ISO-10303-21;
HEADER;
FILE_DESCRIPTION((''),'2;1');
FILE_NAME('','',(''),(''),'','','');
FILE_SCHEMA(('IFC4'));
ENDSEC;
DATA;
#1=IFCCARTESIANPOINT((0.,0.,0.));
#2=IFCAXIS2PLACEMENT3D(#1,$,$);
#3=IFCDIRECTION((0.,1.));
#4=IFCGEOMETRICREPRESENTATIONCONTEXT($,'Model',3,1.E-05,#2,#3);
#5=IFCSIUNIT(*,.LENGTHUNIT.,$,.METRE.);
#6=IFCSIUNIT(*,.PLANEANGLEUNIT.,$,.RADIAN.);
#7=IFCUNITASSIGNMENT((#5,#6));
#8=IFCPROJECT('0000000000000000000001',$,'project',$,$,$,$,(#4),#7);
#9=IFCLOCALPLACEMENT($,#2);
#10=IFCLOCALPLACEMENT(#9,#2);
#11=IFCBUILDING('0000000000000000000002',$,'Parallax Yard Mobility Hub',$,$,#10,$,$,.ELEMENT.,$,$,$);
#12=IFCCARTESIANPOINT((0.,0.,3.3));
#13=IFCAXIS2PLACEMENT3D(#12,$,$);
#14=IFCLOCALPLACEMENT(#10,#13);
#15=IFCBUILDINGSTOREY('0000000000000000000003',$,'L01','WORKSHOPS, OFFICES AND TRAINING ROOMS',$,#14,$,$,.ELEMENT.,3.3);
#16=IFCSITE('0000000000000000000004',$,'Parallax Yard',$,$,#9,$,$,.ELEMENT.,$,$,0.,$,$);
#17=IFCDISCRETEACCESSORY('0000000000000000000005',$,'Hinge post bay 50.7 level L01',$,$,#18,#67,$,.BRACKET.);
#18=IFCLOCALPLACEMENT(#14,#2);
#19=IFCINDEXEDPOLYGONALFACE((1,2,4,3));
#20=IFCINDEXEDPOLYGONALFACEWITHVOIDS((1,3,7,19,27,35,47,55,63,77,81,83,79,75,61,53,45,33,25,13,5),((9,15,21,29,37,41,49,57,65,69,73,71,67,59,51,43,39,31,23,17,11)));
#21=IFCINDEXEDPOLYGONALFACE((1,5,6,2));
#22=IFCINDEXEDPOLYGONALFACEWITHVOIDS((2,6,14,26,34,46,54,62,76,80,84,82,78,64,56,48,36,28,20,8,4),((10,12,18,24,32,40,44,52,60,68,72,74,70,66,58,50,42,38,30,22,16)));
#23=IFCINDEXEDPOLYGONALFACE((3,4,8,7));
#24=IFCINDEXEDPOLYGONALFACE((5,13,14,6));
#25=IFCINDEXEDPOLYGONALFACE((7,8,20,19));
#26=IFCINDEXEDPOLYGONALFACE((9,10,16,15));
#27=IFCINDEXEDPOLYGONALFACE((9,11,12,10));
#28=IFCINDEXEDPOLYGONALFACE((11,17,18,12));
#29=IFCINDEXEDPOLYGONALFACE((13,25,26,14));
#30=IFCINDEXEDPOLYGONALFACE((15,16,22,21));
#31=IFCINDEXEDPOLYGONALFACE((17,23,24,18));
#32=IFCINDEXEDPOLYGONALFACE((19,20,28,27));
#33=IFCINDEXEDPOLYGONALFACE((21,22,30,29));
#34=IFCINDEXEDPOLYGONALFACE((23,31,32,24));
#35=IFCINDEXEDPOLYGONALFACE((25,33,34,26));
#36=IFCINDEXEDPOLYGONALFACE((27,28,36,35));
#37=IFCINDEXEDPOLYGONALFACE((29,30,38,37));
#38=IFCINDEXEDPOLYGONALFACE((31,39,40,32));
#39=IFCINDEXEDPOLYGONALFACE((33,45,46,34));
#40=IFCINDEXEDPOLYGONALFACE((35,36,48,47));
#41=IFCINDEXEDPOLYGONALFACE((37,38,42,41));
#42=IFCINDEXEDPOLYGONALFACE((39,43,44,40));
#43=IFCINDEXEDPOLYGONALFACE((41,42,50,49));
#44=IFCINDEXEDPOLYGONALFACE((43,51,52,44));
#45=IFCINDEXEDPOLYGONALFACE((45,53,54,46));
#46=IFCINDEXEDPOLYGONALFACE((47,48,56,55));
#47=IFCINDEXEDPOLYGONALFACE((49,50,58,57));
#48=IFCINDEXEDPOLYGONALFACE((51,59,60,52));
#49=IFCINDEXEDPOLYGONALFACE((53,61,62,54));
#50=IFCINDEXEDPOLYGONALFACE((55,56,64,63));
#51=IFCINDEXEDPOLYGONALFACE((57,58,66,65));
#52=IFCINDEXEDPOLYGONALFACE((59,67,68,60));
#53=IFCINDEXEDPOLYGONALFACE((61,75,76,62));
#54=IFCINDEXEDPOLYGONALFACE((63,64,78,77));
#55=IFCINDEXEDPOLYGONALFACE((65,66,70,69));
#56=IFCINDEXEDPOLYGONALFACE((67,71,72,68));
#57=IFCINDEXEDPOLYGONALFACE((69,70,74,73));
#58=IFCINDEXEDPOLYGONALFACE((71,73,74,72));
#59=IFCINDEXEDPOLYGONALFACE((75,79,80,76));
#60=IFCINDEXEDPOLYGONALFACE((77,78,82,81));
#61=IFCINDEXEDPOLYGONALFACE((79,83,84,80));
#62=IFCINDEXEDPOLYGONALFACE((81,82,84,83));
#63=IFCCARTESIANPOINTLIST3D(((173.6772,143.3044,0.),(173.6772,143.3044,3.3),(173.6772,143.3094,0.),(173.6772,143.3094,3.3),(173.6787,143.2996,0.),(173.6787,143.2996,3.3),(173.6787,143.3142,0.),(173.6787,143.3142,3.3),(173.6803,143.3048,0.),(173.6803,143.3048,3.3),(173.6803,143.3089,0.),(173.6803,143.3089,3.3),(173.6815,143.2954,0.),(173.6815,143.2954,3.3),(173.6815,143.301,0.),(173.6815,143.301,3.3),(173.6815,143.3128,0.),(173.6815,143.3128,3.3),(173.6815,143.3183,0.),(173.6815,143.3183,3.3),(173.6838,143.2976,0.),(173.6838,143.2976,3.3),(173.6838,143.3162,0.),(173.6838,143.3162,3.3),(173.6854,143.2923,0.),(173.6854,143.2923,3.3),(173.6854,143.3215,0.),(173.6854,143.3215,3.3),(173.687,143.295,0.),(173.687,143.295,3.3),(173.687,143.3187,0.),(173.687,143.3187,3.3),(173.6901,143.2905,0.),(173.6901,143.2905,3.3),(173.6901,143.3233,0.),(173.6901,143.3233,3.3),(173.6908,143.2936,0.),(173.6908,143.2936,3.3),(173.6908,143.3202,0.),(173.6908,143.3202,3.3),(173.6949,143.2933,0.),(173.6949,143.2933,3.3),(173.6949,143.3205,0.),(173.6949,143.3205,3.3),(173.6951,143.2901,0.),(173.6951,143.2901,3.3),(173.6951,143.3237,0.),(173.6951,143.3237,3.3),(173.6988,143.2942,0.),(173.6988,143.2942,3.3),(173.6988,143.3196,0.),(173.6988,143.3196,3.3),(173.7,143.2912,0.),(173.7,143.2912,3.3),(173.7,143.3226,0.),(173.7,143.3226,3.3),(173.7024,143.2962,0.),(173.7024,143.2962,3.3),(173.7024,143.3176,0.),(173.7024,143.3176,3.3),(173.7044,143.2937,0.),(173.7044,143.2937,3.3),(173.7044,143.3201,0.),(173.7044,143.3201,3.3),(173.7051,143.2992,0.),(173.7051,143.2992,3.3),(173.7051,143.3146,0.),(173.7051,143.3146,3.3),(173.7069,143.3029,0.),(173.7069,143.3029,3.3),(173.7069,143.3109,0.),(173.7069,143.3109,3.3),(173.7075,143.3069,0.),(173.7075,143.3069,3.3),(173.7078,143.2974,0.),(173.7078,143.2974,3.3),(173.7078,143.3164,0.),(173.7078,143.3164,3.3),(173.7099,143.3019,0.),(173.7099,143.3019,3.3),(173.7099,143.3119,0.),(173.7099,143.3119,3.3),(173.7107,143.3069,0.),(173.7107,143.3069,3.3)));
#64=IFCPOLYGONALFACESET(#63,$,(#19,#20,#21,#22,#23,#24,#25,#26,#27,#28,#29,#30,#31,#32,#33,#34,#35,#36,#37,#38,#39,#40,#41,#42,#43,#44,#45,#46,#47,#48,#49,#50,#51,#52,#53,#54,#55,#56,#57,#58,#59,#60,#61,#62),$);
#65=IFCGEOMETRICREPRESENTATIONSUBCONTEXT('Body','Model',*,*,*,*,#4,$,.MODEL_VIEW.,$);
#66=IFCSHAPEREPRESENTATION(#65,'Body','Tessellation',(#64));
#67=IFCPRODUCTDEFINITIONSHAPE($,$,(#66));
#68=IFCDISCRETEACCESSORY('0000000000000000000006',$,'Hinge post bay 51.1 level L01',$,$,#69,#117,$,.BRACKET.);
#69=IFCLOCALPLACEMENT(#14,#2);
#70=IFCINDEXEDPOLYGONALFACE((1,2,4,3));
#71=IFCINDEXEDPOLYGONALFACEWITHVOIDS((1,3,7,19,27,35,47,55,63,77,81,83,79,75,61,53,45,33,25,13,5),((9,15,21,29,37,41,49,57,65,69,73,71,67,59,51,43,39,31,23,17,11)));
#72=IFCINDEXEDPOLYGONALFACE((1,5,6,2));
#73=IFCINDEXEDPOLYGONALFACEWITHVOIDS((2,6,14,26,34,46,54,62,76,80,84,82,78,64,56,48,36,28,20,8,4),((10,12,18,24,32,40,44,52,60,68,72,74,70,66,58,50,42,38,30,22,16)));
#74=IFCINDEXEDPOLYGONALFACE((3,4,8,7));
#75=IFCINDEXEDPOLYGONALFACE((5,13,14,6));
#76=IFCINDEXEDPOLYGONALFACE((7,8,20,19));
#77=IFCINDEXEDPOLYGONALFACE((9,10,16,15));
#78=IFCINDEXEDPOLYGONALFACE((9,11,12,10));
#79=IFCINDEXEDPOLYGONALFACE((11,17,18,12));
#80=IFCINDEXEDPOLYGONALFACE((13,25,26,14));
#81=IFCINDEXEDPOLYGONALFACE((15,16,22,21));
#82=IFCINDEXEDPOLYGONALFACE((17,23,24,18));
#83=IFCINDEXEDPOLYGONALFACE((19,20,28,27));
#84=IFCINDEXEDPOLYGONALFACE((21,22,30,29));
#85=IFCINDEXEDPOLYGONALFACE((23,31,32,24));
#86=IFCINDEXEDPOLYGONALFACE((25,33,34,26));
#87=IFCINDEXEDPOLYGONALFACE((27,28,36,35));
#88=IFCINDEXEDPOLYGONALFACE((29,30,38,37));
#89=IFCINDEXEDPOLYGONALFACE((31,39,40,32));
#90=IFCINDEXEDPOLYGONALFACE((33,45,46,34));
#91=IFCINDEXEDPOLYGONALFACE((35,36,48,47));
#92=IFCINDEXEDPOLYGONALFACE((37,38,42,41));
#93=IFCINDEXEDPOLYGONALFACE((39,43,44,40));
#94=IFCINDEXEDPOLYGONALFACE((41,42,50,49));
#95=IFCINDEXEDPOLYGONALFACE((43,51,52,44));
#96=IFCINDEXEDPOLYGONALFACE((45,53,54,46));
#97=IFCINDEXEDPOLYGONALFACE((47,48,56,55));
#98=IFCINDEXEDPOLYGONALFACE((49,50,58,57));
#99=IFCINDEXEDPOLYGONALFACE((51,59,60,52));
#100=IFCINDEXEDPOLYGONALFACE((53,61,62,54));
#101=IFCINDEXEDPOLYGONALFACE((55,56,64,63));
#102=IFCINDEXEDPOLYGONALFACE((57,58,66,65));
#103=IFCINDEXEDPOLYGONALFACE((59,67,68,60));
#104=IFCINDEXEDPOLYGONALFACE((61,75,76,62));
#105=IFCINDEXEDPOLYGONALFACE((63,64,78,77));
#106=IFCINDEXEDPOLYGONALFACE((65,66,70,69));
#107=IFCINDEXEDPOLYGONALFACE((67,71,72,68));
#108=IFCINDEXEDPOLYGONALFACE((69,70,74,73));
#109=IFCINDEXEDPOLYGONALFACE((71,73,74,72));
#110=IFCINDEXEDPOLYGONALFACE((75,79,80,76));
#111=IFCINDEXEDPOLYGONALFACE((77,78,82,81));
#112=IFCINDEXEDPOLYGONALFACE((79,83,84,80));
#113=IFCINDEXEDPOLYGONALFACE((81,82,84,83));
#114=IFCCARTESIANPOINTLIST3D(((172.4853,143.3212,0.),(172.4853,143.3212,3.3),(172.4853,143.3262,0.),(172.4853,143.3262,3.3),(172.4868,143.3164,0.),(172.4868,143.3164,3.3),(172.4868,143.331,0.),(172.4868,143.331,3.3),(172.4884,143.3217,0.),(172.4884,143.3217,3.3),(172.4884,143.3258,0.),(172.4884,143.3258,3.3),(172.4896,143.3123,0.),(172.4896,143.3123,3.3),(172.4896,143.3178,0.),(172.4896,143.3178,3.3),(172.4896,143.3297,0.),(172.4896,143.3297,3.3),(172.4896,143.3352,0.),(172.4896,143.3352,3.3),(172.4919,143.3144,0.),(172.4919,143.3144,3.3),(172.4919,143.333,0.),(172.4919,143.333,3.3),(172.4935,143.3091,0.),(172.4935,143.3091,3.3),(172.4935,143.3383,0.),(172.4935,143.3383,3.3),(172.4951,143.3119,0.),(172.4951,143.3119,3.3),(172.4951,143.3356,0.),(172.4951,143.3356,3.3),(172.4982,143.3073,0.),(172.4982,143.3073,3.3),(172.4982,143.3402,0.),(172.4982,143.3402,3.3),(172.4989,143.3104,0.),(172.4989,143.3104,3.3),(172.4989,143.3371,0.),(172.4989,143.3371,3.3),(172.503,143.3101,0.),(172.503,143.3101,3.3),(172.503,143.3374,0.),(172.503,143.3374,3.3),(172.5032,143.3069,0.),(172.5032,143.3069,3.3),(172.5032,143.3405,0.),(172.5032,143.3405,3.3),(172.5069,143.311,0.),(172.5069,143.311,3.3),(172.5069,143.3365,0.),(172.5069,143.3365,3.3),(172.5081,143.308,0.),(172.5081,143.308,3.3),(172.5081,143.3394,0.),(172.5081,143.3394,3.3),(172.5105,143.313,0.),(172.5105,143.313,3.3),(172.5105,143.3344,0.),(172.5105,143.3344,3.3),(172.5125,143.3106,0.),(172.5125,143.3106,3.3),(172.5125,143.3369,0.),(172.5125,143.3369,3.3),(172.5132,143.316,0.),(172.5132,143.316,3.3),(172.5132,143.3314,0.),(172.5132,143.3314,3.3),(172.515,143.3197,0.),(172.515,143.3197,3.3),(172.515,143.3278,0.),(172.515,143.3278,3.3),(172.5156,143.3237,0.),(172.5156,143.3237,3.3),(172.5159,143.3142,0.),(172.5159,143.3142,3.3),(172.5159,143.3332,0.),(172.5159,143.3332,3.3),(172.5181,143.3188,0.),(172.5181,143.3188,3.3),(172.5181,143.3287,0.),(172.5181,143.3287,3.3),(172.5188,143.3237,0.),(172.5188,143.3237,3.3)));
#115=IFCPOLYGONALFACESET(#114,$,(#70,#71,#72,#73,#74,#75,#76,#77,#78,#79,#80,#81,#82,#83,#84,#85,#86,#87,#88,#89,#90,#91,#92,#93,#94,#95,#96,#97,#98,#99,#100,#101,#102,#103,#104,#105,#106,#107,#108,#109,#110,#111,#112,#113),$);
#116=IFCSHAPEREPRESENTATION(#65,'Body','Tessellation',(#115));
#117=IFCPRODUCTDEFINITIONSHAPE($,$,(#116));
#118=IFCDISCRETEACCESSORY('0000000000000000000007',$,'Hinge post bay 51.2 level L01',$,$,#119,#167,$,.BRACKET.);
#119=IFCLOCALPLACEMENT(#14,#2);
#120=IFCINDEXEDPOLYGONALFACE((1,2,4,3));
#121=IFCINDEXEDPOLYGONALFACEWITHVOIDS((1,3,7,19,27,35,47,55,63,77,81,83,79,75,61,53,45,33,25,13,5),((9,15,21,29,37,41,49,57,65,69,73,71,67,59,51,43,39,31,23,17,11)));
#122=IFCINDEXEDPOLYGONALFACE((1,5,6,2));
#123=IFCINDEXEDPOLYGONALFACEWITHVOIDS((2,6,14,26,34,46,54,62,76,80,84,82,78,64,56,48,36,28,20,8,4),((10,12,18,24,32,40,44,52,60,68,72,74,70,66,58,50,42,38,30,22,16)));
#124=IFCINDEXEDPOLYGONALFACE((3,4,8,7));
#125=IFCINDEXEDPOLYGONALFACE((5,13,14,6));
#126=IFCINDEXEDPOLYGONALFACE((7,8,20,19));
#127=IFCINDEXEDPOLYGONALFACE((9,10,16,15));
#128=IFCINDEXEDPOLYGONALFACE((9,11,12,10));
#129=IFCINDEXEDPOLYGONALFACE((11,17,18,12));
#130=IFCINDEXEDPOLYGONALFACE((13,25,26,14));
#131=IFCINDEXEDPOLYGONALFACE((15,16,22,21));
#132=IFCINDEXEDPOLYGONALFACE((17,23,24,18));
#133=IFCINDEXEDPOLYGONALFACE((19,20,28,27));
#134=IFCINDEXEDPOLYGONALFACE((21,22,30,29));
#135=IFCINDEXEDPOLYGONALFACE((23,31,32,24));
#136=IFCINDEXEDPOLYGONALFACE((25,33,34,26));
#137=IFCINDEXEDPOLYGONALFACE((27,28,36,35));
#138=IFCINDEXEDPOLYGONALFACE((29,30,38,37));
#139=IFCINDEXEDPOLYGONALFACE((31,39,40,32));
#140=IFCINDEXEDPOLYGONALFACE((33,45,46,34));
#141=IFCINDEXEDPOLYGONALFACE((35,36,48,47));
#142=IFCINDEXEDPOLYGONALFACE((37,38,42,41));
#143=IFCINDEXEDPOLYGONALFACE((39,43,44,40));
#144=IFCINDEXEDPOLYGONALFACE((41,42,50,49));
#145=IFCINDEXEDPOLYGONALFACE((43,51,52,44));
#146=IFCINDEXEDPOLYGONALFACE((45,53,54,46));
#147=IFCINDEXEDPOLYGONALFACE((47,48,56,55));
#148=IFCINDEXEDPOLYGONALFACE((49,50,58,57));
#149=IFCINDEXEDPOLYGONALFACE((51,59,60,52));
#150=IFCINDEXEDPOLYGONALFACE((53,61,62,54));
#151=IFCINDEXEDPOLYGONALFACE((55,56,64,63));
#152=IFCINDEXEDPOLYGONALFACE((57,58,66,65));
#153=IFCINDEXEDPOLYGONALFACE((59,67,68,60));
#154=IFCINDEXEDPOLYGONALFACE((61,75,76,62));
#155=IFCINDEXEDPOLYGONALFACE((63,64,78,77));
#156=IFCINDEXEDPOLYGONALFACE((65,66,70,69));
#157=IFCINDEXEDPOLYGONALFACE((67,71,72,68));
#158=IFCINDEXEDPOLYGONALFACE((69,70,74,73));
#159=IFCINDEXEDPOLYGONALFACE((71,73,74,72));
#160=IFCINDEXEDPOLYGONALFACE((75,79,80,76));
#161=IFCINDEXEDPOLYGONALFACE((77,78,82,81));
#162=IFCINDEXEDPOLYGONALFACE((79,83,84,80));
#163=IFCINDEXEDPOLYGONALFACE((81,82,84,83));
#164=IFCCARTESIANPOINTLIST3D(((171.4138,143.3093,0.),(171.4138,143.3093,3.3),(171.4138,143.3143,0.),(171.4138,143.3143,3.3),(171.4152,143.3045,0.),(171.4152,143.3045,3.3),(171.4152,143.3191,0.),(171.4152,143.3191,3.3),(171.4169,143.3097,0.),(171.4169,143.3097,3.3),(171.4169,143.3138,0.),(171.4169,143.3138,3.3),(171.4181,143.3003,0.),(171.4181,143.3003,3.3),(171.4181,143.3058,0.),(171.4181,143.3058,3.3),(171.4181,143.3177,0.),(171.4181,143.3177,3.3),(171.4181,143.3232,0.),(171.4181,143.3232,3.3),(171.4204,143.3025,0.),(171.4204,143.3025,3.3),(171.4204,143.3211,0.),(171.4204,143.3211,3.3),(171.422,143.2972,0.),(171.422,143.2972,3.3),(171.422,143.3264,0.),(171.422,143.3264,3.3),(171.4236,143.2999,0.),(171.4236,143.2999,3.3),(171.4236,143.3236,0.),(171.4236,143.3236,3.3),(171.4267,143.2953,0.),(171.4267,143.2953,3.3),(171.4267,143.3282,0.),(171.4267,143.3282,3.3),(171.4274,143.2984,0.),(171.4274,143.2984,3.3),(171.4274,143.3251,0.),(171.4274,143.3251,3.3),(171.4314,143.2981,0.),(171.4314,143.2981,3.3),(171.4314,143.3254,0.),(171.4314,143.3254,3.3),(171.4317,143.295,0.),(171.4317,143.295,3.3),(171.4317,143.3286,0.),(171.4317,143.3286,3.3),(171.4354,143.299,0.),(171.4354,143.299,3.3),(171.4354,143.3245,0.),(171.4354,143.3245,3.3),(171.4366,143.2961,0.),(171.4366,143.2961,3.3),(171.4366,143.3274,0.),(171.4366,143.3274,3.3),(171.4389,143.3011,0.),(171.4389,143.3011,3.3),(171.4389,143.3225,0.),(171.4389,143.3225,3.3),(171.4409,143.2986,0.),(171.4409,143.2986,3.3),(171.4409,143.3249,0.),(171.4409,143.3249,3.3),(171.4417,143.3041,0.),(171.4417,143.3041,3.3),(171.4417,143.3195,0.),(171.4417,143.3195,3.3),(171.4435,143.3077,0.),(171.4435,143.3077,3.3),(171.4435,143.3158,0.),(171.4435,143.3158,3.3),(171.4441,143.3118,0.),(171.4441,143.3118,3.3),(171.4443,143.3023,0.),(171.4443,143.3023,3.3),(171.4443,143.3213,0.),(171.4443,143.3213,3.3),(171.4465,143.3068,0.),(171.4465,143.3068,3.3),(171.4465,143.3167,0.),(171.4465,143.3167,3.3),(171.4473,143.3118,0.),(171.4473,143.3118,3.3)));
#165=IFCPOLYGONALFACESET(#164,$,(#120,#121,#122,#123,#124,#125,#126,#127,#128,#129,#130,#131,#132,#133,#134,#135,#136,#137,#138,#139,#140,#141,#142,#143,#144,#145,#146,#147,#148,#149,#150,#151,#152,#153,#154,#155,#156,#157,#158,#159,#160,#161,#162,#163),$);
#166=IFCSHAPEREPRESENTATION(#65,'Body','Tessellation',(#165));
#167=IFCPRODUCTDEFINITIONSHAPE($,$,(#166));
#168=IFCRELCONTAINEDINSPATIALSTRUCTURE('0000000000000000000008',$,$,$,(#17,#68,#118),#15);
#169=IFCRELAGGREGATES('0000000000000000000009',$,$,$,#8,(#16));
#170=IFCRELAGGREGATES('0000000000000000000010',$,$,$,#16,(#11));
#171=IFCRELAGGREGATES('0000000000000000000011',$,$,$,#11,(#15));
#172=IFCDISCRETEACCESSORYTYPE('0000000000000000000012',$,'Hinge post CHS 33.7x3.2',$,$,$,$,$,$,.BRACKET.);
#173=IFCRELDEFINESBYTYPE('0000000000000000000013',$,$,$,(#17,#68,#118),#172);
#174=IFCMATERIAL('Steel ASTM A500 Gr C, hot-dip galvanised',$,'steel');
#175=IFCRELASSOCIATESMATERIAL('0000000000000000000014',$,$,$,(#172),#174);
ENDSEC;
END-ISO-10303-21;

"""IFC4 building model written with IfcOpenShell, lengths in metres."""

from ifc_helpers import new_model, si_unit, direction, frame, origin, origin_2d, place, context, subcontext, project, spatial, hollow_circle, extrude, material, material_profile, profile_set, type_object, element, save


model = new_model("IFC4")

# Units and contexts
model_context = context("Model", 3, precision=1e-05, world=origin(), true_north=direction((0.0, 1.0)))
body_context = subcontext(model_context, "Body", "Model", "MODEL_VIEW")
ifc_project = project(units=[si_unit("LENGTHUNIT", "METRE"), si_unit("PLANEANGLEUNIT", "RADIAN")], contexts=[model_context])

# Site, building, storey
site_placement = place(None, origin())
site = spatial("IfcSite", under=ifc_project, at=site_placement, Name="Parallax Yard", CompositionType="ELEMENT", RefElevation=0.0)
building_placement = place(site_placement, origin())
building = spatial("IfcBuilding", under=site, at=building_placement, Name="Parallax Yard Mobility Hub", CompositionType="ELEMENT")
storey_placement = place(building_placement, frame((0.0, 0.0, 3.3)))
storey = spatial("IfcBuildingStorey", under=building, at=storey_placement, Name="L01", Description="WORKSHOPS, OFFICES AND TRAINING ROOMS", CompositionType="ELEMENT", Elevation=3.3)

# Discrete accessories
ifc_material_1 = material(Name="Steel ASTM A500 Gr C, hot-dip galvanised", Category="steel")
ifc_material_profile = material_profile(ifc_material_1, hollow_circle(Radius=0.0168, WallThickness=0.0032, at=origin_2d()), Name="CHS 33.7x3.2")
ifc_profile_set = profile_set([ifc_material_profile], Name="Steel ASTM A500 Gr C, hot-dip galvanised")
discrete_accessory_type_1 = type_object("IfcDiscreteAccessoryType", Name="Hinge post CHS 33.7x3.2", PredefinedType="BRACKET", material=ifc_profile_set)
for number, where, z_axis, x_axis, name in (
    (1, (173.6938, 143.3069, 0.0), (0.0, 0.0, 1.0), (1.0, 0.0, 0.0), "Hinge post bay 50.7 level L01"),
    (2, (172.502, 143.3237, 0.0), (0.0, 0.0, 1.0), (1.0, 0.0, 0.0), "Hinge post bay 51.1 level L01"),
    (3, (171.4304, 143.3118, 0.0), (0.0, 0.0, 1.0), (1.0, 0.0, 0.0), "Hinge post bay 51.2 level L01"),
):
    element("IfcDiscreteAccessory", number, at=place(storey_placement, frame(where, z_axis=z_axis, x_axis=x_axis)), inside=storey, type_object=discrete_accessory_type_1, Name=name, PredefinedType="BRACKET", context=body_context, shape_type="SweptSolid", body=[
        extrude(hollow_circle(Radius=0.0168, WallThickness=0.0032, at=origin_2d()), origin(), (0.0, 0.0, 1.0), 3.3),
    ])

save(model, "model.ifc")
